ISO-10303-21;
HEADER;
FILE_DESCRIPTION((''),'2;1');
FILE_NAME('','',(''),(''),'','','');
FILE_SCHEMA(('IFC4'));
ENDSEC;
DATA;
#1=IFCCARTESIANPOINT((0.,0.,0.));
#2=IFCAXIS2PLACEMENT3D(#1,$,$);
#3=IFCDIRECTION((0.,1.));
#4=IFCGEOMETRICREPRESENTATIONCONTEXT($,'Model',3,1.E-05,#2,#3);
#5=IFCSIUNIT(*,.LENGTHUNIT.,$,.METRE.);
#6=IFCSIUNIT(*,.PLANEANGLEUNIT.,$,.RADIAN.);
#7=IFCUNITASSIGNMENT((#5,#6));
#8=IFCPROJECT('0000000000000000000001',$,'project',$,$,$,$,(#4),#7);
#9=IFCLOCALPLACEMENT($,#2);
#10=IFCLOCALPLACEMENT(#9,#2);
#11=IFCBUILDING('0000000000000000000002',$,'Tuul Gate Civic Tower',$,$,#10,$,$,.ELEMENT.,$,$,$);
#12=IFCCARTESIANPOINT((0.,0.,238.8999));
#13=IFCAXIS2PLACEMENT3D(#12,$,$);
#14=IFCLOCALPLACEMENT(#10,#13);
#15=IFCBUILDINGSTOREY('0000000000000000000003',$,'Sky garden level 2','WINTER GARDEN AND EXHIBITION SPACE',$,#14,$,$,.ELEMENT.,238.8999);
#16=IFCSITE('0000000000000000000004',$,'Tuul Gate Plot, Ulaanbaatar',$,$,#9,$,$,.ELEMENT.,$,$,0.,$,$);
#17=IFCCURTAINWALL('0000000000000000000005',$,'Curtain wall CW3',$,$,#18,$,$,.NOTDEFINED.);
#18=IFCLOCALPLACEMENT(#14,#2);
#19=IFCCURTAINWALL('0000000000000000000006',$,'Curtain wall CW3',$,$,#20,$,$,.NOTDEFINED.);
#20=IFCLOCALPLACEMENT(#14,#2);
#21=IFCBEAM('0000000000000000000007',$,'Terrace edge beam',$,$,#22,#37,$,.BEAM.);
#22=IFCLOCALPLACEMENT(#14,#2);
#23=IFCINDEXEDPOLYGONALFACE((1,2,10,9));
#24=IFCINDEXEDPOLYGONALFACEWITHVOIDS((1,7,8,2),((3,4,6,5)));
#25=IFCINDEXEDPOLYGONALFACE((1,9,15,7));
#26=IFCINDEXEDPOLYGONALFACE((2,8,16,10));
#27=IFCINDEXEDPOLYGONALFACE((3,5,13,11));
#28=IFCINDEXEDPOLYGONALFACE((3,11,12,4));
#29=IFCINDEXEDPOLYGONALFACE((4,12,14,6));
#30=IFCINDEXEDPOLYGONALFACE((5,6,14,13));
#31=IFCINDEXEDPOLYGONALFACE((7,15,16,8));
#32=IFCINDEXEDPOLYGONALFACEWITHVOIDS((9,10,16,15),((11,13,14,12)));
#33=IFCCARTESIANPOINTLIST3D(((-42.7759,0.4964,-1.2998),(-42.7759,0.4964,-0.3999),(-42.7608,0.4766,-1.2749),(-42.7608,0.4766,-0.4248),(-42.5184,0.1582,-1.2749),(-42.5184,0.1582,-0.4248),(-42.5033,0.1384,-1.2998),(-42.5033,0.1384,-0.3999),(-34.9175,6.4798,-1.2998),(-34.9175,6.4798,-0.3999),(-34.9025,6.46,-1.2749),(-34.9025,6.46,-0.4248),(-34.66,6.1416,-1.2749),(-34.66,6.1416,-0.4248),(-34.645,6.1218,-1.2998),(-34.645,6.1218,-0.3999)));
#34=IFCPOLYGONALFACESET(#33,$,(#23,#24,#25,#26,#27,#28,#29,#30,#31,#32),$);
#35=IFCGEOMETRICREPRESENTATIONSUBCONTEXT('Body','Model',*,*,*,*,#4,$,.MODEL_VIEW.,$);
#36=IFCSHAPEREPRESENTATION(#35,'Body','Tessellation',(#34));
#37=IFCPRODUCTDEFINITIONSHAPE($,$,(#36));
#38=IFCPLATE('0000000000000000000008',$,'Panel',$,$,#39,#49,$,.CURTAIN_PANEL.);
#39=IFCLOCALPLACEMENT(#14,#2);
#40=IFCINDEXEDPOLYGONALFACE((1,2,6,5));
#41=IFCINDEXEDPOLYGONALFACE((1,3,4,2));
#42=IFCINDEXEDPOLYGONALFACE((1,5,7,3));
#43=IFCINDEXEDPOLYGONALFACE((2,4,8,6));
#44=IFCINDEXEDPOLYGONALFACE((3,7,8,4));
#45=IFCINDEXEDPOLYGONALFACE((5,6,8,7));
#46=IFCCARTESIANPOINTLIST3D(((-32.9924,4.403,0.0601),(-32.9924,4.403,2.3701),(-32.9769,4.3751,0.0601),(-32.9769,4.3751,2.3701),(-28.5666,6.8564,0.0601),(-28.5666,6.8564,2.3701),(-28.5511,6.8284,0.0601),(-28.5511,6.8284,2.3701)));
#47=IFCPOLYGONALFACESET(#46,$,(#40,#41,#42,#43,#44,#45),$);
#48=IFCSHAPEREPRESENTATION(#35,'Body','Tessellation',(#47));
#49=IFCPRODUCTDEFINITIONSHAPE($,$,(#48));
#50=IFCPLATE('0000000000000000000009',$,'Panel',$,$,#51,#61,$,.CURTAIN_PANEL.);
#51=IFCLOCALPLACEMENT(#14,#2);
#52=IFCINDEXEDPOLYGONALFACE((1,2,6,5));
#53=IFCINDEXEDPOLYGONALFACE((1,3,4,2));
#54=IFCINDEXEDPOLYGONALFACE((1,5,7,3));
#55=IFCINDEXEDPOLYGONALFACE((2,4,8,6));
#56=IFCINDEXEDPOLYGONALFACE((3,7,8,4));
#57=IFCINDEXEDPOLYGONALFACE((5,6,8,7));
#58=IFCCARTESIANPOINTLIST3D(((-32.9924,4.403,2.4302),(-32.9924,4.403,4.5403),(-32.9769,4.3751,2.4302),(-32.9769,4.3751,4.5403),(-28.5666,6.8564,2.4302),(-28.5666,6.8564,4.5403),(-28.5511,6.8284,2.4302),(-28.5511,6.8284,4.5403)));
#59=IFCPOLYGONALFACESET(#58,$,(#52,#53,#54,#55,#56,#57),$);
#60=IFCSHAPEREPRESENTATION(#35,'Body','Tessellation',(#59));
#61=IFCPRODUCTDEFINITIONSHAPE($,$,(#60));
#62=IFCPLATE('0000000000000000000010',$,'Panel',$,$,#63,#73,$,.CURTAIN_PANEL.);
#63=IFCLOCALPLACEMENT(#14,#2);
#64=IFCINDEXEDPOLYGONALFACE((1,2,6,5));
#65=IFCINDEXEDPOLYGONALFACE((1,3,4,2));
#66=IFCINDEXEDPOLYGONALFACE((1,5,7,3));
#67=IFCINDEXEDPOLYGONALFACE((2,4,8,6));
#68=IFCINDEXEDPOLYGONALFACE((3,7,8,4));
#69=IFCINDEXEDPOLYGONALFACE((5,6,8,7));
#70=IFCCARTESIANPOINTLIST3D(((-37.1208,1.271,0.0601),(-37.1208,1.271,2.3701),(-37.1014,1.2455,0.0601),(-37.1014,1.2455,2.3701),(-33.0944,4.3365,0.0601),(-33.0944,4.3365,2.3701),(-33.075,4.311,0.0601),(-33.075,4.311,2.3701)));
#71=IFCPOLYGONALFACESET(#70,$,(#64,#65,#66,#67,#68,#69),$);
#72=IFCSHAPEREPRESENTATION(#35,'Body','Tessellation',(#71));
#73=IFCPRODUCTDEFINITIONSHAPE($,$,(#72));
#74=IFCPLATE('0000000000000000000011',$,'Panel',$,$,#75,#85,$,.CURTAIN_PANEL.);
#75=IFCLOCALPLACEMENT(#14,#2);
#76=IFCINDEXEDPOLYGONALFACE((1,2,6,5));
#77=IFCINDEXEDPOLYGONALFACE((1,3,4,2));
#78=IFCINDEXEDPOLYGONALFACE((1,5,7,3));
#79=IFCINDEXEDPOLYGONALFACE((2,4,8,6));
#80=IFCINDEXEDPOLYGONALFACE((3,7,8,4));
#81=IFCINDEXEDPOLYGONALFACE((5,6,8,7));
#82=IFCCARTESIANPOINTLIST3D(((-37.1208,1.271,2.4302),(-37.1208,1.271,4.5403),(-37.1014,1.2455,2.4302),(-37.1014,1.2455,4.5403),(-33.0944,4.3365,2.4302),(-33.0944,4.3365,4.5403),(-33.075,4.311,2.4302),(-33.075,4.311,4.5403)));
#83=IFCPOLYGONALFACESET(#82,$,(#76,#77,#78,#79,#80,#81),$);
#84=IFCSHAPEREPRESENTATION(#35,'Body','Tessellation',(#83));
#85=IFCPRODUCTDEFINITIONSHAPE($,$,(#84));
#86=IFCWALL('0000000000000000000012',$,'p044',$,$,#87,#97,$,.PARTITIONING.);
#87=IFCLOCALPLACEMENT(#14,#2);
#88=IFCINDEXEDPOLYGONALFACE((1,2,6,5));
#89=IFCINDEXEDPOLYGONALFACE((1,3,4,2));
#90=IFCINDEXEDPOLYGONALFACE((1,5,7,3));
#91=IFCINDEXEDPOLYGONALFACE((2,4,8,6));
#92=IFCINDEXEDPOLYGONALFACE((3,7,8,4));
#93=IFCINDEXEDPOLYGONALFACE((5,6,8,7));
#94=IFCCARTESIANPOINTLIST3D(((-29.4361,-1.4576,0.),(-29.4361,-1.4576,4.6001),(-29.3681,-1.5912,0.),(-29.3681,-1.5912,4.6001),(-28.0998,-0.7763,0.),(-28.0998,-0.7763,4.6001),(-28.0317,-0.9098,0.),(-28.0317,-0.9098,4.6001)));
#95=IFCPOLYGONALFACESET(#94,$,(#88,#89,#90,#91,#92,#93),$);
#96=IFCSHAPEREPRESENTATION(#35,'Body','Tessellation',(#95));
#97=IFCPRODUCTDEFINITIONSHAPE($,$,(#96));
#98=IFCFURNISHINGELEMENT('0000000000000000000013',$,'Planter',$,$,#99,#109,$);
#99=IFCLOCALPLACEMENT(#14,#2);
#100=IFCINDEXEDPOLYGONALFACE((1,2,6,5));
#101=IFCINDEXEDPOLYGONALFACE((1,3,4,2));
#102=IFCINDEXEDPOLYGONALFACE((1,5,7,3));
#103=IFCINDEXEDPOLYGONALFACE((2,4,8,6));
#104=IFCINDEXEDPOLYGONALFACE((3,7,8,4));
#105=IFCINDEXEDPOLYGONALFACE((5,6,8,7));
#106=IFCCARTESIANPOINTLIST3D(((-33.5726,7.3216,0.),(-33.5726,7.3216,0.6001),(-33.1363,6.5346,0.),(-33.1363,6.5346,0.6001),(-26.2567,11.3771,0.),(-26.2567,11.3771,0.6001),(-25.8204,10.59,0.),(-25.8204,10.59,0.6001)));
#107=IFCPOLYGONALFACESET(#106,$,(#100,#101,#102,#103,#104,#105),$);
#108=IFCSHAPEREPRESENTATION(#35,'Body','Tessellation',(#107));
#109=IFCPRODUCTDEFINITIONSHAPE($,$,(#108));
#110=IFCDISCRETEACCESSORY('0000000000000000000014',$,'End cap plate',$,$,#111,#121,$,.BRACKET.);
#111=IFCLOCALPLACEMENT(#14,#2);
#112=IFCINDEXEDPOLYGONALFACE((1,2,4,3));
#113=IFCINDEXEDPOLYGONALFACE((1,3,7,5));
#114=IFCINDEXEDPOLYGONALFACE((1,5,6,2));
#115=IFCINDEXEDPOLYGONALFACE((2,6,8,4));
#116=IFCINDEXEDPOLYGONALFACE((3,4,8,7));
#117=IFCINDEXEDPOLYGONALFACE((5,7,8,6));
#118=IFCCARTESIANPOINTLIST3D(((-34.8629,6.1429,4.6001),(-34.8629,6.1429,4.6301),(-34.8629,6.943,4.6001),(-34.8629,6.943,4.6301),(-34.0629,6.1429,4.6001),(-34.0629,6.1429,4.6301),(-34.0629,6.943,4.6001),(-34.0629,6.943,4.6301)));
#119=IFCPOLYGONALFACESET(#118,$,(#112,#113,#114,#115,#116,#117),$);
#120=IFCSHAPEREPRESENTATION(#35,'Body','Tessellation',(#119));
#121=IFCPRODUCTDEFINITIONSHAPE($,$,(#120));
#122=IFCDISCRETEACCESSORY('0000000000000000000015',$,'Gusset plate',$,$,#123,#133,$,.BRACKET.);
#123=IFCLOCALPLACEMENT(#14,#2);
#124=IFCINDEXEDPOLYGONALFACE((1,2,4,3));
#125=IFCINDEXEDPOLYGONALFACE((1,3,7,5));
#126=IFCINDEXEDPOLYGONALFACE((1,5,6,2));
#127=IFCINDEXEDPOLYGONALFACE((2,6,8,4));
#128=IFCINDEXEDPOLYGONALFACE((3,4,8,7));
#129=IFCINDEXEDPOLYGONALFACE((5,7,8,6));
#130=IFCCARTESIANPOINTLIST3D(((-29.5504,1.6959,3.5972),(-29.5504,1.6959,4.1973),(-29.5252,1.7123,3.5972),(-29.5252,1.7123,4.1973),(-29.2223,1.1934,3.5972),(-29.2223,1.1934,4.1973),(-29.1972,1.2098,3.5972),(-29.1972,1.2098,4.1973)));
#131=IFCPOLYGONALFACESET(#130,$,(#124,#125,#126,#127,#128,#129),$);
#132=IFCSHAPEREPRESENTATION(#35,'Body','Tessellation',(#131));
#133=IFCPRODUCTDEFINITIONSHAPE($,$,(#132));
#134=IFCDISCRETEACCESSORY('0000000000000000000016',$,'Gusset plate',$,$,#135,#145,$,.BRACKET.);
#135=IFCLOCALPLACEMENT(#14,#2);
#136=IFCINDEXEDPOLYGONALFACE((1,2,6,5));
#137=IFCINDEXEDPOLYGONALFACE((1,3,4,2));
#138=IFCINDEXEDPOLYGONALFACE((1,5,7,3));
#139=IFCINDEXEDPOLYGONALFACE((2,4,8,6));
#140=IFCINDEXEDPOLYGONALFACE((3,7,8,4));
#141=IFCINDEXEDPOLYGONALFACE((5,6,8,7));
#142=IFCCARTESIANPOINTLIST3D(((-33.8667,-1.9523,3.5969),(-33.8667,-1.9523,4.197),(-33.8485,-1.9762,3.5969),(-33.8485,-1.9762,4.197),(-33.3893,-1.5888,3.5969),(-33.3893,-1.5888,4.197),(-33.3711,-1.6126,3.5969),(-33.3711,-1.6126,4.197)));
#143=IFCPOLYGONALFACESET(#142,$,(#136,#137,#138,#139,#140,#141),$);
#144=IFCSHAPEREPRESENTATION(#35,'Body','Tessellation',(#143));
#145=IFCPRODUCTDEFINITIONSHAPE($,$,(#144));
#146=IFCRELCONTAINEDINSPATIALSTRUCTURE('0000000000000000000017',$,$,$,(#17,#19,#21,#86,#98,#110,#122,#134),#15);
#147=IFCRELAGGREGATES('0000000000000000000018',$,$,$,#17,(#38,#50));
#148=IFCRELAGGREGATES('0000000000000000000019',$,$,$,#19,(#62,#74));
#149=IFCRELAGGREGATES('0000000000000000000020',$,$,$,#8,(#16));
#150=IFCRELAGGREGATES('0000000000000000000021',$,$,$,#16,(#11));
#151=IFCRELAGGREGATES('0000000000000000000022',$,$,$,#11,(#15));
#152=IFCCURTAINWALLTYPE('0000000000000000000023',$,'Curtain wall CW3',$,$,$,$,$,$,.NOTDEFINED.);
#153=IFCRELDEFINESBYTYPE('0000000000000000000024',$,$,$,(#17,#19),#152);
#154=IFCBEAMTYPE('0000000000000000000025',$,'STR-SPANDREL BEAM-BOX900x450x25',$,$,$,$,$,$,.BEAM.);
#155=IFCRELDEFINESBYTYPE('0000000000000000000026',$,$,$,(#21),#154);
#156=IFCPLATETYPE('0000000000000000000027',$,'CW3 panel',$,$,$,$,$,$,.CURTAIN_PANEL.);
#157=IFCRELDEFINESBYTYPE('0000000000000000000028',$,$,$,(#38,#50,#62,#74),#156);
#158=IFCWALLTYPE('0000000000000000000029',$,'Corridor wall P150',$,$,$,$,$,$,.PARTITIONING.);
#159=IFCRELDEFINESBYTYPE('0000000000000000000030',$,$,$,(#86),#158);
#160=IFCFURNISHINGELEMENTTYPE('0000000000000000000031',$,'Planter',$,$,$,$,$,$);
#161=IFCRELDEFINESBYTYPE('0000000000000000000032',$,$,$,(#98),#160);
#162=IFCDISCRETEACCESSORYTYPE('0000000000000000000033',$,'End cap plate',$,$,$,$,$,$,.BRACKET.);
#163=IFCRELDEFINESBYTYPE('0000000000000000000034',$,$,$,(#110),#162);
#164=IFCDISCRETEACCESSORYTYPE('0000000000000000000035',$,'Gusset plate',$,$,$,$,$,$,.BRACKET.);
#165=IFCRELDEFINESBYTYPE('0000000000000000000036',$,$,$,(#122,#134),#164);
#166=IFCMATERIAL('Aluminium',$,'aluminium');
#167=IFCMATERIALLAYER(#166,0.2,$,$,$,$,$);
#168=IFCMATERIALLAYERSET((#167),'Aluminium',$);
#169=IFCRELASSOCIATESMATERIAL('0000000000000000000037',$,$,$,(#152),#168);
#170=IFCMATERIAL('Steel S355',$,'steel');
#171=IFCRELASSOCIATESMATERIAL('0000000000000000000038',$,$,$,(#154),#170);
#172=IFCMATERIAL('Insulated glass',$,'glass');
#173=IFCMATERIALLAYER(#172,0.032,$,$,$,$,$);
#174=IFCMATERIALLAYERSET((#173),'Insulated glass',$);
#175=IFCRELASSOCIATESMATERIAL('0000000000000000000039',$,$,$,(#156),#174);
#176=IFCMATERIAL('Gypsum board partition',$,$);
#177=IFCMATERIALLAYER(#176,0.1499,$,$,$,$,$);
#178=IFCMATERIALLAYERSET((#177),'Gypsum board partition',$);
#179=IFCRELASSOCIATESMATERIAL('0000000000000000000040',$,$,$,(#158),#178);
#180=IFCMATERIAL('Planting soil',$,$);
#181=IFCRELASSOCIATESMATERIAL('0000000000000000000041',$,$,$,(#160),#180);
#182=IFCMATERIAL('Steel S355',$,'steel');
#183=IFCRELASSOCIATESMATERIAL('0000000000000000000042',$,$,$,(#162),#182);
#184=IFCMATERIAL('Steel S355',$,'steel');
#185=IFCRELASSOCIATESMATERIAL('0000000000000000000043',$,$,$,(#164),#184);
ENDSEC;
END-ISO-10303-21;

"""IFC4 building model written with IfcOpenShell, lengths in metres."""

from ifc_helpers import new_model, si_unit, direction, frame, frame_2d, origin, origin_2d, place, context, subcontext, project, spatial, rectangle, hollow_rectangle, extrude, material, layer, layer_set, material_profile, profile_set, type_object, element, aggregate, save


model = new_model("IFC4")

# Units and contexts
model_context = context("Model", 3, precision=1e-05, world=origin(), true_north=direction((0.0, 1.0)))
body_context = subcontext(model_context, "Body", "Model", "MODEL_VIEW")
ifc_project = project(units=[si_unit("LENGTHUNIT", "METRE"), si_unit("PLANEANGLEUNIT", "RADIAN")], contexts=[model_context])

# Site, building, storey
site_placement = place(None, origin())
site = spatial("IfcSite", under=ifc_project, at=site_placement, Name="Tuul Gate Plot, Ulaanbaatar", CompositionType="ELEMENT", RefElevation=0.0)
building_placement = place(site_placement, origin())
building = spatial("IfcBuilding", under=site, at=building_placement, Name="Tuul Gate Civic Tower", CompositionType="ELEMENT")
storey_placement = place(building_placement, frame((0.0, 0.0, 238.8999)))
storey = spatial("IfcBuildingStorey", under=building, at=storey_placement, Name="Sky garden level 2", Description="WINTER GARDEN AND EXHIBITION SPACE", CompositionType="ELEMENT", Elevation=238.8999)

# Curtain wall
ifc_material_1 = material(Name="Aluminium", Category="aluminium")
ifc_layer_1 = layer(ifc_material_1, 0.2)
ifc_layer_set_1 = layer_set([ifc_layer_1], Name="Aluminium")
curtain_wall_type = type_object("IfcCurtainWallType", Name="Curtain wall CW3", PredefinedType="NOTDEFINED", material=ifc_layer_set_1)
curtain_wall_1_placement = place(storey_placement, origin())
curtain_wall_1 = element("IfcCurtainWall", 1, at=curtain_wall_1_placement, inside=storey, type_object=curtain_wall_type, Name="Curtain wall CW3", PredefinedType="NOTDEFINED")

# Curtain wall
curtain_wall_2_placement = place(storey_placement, origin())
curtain_wall_2 = element("IfcCurtainWall", 2, at=curtain_wall_2_placement, inside=storey, type_object=curtain_wall_type, Name="Curtain wall CW3", PredefinedType="NOTDEFINED")

# Beam
ifc_material_2 = material(Name="Steel S355", Category="steel")
ifc_material_profile_1 = material_profile(ifc_material_2, hollow_rectangle(XDim=0.45, YDim=0.8999, WallThickness=0.0249, at=origin_2d()), Name="BOX900x450x25")
ifc_profile_set_1 = profile_set([ifc_material_profile_1], Name="Steel S355")
beam_type_1 = type_object("IfcBeamType", Name="STR-SPANDREL BEAM-BOX900x450x25", PredefinedType="BEAM", material=ifc_profile_set_1)
beam_1_placement = place(storey_placement, frame((-34.7812, 6.3008, -0.8499), z_axis=(-0.795625, -0.60579, 0.0), x_axis=(0.60579, -0.795625, 0.0)))
element("IfcBeam", 3, at=beam_1_placement, inside=storey, type_object=beam_type_1, Name="Terrace edge beam", PredefinedType="BEAM", context=body_context, shape_type="SweptSolid", body=[
    extrude(hollow_rectangle(XDim=0.45, YDim=0.8999, WallThickness=0.0249, at=origin_2d()), origin(), (0.0, 0.0, 1.0), 9.877),
])

# Plates
ifc_material_3 = material(Name="Insulated glass", Category="glass")
ifc_layer_2 = layer(ifc_material_3, 0.032)
ifc_layer_set_2 = layer_set([ifc_layer_2], Name="Insulated glass")
plate_type = type_object("IfcPlateType", Name="CW3 panel", PredefinedType="CURTAIN_PANEL", material=ifc_layer_set_2)
plate_1_placement = place(storey_placement, frame((-30.7717, 5.6157, 0.0601), z_axis=(0.0, 0.0, 1.0), x_axis=(-0.87461, -0.484827, 0.0)))
plate_1 = element("IfcPlate", 4, at=plate_1_placement, type_object=plate_type, Name="Panel", PredefinedType="CURTAIN_PANEL", context=body_context, shape_type="SweptSolid", body=[
    extrude(rectangle(XDim=5.0603, YDim=0.032, at=origin_2d()), origin(), (0.0, 0.0, 1.0), 2.3101),
])
plate_2_placement = place(storey_placement, frame((-30.7717, 5.6157, 2.4302), z_axis=(0.0, 0.0, 1.0), x_axis=(-0.87461, -0.484827, 0.0)))
plate_2 = element("IfcPlate", 5, at=plate_2_placement, type_object=plate_type, Name="Panel", PredefinedType="CURTAIN_PANEL", context=body_context, shape_type="SweptSolid", body=[
    extrude(rectangle(XDim=5.0603, YDim=0.032, at=origin_2d()), origin(), (0.0, 0.0, 1.0), 2.1101),
])
aggregate(curtain_wall_1, [plate_1, plate_2])
plate_3_placement = place(storey_placement, frame((-35.0979, 2.791, 0.0601), z_axis=(0.0, 0.0, 1.0), x_axis=(-0.795646, -0.605762, 0.0)))
plate_3 = element("IfcPlate", 6, at=plate_3_placement, type_object=plate_type, Name="Panel", PredefinedType="CURTAIN_PANEL", context=body_context, shape_type="SweptSolid", body=[
    extrude(rectangle(XDim=5.0605, YDim=0.032, at=origin_2d()), origin(), (0.0, 0.0, 1.0), 2.3101),
])
plate_4_placement = place(storey_placement, frame((-35.0979, 2.791, 2.4302), z_axis=(0.0, 0.0, 1.0), x_axis=(-0.795646, -0.605762, 0.0)))
plate_4 = element("IfcPlate", 7, at=plate_4_placement, type_object=plate_type, Name="Panel", PredefinedType="CURTAIN_PANEL", context=body_context, shape_type="SweptSolid", body=[
    extrude(rectangle(XDim=5.0605, YDim=0.032, at=origin_2d()), origin(), (0.0, 0.0, 1.0), 2.1101),
])
aggregate(curtain_wall_2, [plate_3, plate_4])

# Wall
ifc_material_4 = material(Name="Gypsum board partition")
ifc_layer_3 = layer(ifc_material_4, 0.1499)
ifc_layer_set_3 = layer_set([ifc_layer_3], Name="Gypsum board partition")
wall_type = type_object("IfcWallType", Name="Corridor wall P150", PredefinedType="PARTITIONING", material=ifc_layer_set_3)
wall_placement = place(storey_placement, frame((-29.4021, -1.5244, 0.0), z_axis=(0.0, 0.0, 1.0), x_axis=(0.890884, 0.454231, 0.0)))
element("IfcWall", 8, at=wall_placement, inside=storey, type_object=wall_type, Name="p044", PredefinedType="PARTITIONING", context=body_context, shape_type="SweptSolid", body=[
    extrude(rectangle(XDim=1.5, YDim=0.1499, at=frame_2d((0.75, 0.0))), origin(), (0.0, 0.0, 1.0), 4.6001),
])

# Furnishing element
ifc_material_5 = material(Name="Planting soil")
furnishing_element_type = type_object("IfcFurnishingElementType", Name="Planter", material=ifc_material_5)
furnishing_placement = place(storey_placement, frame((-29.6965, 8.9558, 0.0), z_axis=(0.0, 0.0, 1.0), x_axis=(-0.874613, -0.484822, 0.0)))
element("IfcFurnishingElement", 9, at=furnishing_placement, inside=storey, type_object=furnishing_element_type, Name="Planter", context=body_context, shape_type="SweptSolid", body=[
    extrude(rectangle(XDim=8.3647, YDim=0.8999, at=origin_2d()), origin(), (0.0, 0.0, 1.0), 0.6001),
])

# Discrete accessories
ifc_material_6 = material(Name="Steel S355", Category="steel")
discrete_accessory_type_1 = type_object("IfcDiscreteAccessoryType", Name="End cap plate", PredefinedType="BRACKET", material=ifc_material_6)
discrete_accessory_placement = place(storey_placement, frame((-34.4629, 6.543, 4.6001), z_axis=(0.0, 0.0, 1.0), x_axis=(1.0, 0.0, 0.0)))
element("IfcDiscreteAccessory", 10, at=discrete_accessory_placement, inside=storey, type_object=discrete_accessory_type_1, Name="End cap plate", PredefinedType="BRACKET", context=body_context, shape_type="SweptSolid", body=[
    extrude(rectangle(XDim=0.8, YDim=0.8, at=origin_2d()), origin(), (0.0, 0.0, 1.0), 0.03),
])
ifc_material_7 = material(Name="Steel S355", Category="steel")
discrete_accessory_type_2 = type_object("IfcDiscreteAccessoryType", Name="Gusset plate", PredefinedType="BRACKET", material=ifc_material_7)
for number, where, z_axis, x_axis, name in (
    (11, (-29.3738, 1.4529, 3.5972), (0.0, 0.0, 1.0), (0.546689, -0.837336, 0.0), "Gusset plate"),
    (12, (-33.6189, -1.7825, 3.5969), (0.0, 0.0, 1.0), (0.795619, 0.605798, 0.0), "Gusset plate"),
):
    element("IfcDiscreteAccessory", number, at=place(storey_placement, frame(where, z_axis=z_axis, x_axis=x_axis)), inside=storey, type_object=discrete_accessory_type_2, Name=name, PredefinedType="BRACKET", context=body_context, shape_type="SweptSolid", body=[
        extrude(rectangle(XDim=0.6001, YDim=0.03, at=origin_2d()), origin(), (0.0, 0.0, 1.0), 0.6001),
    ])

save(model, "model.ifc")
